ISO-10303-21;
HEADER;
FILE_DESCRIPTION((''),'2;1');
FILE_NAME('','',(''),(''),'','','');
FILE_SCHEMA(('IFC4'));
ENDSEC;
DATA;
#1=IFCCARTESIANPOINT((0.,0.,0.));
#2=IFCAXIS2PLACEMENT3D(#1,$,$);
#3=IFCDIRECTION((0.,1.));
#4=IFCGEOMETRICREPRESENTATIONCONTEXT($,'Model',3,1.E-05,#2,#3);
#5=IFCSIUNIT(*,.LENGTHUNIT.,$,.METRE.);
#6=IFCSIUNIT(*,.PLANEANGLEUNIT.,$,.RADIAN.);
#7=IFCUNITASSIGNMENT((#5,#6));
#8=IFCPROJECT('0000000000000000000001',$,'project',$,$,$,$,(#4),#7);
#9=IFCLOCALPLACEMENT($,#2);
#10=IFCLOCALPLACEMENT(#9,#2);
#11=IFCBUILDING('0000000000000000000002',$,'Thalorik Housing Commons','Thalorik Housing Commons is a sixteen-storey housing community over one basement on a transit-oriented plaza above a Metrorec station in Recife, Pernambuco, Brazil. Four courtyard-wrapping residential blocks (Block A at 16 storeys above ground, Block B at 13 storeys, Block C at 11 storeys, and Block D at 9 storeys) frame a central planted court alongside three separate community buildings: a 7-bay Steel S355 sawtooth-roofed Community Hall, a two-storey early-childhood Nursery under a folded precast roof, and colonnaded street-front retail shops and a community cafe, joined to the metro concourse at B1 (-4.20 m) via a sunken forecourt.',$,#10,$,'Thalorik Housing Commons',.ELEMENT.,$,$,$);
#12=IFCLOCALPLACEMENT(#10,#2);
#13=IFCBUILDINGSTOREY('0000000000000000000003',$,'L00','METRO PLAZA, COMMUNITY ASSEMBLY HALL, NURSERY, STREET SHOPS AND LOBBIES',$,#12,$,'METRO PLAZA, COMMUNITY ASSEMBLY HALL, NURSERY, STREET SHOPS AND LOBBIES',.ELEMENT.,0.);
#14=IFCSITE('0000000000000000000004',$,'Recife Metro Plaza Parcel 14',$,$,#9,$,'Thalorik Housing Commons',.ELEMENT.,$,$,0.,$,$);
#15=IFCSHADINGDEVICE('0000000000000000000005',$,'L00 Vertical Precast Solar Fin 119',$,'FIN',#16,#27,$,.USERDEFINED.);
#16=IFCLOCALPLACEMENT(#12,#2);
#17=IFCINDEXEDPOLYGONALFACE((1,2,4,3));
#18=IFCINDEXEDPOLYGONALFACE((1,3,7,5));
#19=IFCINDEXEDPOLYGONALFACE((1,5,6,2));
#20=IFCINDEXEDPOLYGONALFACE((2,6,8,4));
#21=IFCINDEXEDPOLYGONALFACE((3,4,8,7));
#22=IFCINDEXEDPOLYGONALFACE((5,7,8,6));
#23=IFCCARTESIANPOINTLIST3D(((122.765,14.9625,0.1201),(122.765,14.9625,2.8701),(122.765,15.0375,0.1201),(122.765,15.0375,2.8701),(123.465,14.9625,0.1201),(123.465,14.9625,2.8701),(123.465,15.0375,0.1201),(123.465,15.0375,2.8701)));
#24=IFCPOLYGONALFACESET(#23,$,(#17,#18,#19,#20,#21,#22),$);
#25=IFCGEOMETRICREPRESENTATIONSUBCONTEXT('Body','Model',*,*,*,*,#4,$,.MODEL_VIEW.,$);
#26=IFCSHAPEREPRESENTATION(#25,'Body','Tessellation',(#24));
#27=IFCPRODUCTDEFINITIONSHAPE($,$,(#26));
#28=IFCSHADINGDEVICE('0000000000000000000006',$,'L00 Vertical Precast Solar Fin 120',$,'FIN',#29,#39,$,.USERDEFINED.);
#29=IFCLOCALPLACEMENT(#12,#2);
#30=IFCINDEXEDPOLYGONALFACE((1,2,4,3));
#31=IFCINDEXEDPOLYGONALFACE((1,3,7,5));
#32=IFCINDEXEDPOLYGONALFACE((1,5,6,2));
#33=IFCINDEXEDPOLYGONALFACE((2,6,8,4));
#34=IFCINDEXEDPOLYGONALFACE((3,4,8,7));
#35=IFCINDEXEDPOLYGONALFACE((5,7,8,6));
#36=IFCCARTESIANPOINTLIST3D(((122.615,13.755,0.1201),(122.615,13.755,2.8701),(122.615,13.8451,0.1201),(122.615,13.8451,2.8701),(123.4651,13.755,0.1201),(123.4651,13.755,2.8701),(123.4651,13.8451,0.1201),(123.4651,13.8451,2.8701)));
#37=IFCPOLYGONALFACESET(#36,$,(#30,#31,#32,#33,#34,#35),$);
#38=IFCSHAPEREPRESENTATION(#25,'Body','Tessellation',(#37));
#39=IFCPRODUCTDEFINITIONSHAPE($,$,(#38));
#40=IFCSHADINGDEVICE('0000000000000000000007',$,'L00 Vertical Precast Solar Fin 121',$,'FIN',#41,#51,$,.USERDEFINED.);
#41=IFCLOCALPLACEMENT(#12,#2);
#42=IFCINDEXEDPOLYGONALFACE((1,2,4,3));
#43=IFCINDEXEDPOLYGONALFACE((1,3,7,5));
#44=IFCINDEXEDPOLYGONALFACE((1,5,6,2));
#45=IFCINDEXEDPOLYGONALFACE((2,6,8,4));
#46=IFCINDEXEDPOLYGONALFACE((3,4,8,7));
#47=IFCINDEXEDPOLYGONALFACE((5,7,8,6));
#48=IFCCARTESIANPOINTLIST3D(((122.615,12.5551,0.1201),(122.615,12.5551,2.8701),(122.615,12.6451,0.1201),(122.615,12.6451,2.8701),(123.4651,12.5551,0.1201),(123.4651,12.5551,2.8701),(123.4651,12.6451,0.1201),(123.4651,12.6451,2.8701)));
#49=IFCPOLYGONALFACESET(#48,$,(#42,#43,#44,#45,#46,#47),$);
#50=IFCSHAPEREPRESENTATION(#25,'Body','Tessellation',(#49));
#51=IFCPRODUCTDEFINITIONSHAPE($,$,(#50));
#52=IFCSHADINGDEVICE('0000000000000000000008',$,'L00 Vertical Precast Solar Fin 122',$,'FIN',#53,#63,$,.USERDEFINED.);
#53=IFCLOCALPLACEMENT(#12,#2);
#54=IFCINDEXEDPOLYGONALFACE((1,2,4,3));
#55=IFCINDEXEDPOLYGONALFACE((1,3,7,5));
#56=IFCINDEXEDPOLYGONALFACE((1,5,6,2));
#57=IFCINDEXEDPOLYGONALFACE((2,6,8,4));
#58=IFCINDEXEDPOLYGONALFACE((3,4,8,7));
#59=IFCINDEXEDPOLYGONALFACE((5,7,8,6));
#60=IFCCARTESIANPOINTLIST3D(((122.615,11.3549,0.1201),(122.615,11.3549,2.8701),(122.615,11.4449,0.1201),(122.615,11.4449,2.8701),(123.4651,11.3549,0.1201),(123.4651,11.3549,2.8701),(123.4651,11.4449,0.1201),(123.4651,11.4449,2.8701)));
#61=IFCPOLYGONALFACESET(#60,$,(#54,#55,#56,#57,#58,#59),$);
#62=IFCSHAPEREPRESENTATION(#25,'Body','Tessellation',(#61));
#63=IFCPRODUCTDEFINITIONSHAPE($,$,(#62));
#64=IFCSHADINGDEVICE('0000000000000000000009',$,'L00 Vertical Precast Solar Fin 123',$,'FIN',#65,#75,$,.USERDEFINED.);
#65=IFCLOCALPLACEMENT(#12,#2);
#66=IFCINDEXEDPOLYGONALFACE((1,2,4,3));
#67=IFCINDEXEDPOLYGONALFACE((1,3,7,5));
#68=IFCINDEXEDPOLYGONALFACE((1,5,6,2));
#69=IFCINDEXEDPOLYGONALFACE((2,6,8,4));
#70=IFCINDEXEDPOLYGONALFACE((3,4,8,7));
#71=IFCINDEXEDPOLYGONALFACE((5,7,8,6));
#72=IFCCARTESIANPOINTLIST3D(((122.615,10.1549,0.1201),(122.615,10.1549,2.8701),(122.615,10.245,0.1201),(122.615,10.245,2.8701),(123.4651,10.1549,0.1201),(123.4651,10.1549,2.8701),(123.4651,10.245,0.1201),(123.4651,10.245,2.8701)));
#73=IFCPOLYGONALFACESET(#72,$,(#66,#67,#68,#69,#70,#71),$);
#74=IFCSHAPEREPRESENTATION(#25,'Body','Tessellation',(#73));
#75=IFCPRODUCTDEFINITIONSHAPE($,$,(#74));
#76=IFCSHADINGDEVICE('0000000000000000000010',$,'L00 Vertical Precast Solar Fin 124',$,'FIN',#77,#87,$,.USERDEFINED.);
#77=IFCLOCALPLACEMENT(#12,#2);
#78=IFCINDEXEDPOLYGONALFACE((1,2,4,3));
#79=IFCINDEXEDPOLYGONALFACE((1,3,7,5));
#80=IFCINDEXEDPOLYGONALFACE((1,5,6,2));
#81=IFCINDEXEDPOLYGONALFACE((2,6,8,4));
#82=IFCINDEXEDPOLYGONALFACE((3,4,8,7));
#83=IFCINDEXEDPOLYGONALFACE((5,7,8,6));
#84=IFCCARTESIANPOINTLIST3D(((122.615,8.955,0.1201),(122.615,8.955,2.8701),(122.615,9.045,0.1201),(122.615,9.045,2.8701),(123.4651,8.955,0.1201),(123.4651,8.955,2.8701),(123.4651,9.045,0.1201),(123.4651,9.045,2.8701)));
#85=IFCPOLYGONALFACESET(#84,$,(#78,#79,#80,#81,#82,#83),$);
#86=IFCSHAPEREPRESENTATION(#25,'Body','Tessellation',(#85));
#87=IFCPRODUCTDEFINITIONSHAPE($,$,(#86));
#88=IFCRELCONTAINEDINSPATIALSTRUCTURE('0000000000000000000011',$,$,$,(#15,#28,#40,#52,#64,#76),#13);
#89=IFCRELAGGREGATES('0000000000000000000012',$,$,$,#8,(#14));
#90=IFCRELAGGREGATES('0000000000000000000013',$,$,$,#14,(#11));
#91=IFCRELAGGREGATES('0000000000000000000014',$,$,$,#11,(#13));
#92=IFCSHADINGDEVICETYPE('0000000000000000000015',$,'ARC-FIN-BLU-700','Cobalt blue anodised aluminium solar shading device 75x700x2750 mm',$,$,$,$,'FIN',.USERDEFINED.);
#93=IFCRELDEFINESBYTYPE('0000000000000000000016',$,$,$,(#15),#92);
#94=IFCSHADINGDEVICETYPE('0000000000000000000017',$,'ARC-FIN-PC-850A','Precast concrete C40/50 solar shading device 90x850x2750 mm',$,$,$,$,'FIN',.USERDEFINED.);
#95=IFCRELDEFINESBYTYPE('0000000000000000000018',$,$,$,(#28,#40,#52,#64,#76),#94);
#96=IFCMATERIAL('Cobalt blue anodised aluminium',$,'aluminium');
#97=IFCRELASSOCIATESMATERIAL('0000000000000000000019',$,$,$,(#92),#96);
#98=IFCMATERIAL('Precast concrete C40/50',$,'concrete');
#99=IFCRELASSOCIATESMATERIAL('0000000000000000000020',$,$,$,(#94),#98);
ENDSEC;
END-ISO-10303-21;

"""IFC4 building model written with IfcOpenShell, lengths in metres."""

from ifc_helpers import new_model, si_unit, direction, frame, origin, origin_2d, place, context, subcontext, project, spatial, rectangle, extrude, material, type_object, element, save


model = new_model("IFC4")

# Units and contexts
model_context = context("Model", 3, precision=1e-05, world=origin(), true_north=direction((0.0, 1.0)))
body_context = subcontext(model_context, "Body", "Model", "MODEL_VIEW")
ifc_project = project(units=[si_unit("LENGTHUNIT", "METRE"), si_unit("PLANEANGLEUNIT", "RADIAN")], contexts=[model_context])

# Site, building, storey
site_placement = place(None, origin())
site = spatial("IfcSite", under=ifc_project, at=site_placement, Name="Recife Metro Plaza Parcel 14", LongName="Thalorik Housing Commons", CompositionType="ELEMENT", RefElevation=0.0)
building_placement = place(site_placement, origin())
building = spatial("IfcBuilding", under=site, at=building_placement, Name="Thalorik Housing Commons", Description="Thalorik Housing Commons is a sixteen-storey housing community over one basement on a transit-oriented plaza above a Metrorec station in Recife, Pernambuco, Brazil. Four courtyard-wrapping residential blocks (Block A at 16 storeys above ground, Block B at 13 storeys, Block C at 11 storeys, and Block D at 9 storeys) frame a central planted court alongside three separate community buildings: a 7-bay Steel S355 sawtooth-roofed Community Hall, a two-storey early-childhood Nursery under a folded precast roof, and colonnaded street-front retail shops and a community cafe, joined to the metro concourse at B1 (-4.20 m) via a sunken forecourt.", LongName="Thalorik Housing Commons", CompositionType="ELEMENT")
storey_placement = place(building_placement, origin())
storey = spatial("IfcBuildingStorey", under=building, at=storey_placement, Name="L00", Description="METRO PLAZA, COMMUNITY ASSEMBLY HALL, NURSERY, STREET SHOPS AND LOBBIES", LongName="METRO PLAZA, COMMUNITY ASSEMBLY HALL, NURSERY, STREET SHOPS AND LOBBIES", CompositionType="ELEMENT", Elevation=0.0)

# Shared definitions
ifc_material_1 = material(Name="Precast concrete C40/50", Category="concrete")

# Shading devices
ifc_material_2 = material(Name="Cobalt blue anodised aluminium", Category="aluminium")
shading_device_type_1 = type_object("IfcShadingDeviceType", Name="ARC-FIN-BLU-700", Description="Cobalt blue anodised aluminium solar shading device 75x700x2750 mm", ElementType="FIN", PredefinedType="USERDEFINED", material=ifc_material_2)
shading_device_placement = place(storey_placement, frame((123.115, 15.0, 0.1201), z_axis=(0.0, 0.0, 1.0), x_axis=(0.0, -1.0, 0.0)))
element("IfcShadingDevice", 1, at=shading_device_placement, inside=storey, type_object=shading_device_type_1, Name="L00 Vertical Precast Solar Fin 119", ObjectType="FIN", PredefinedType="USERDEFINED", context=body_context, shape_type="SweptSolid", body=[
    extrude(rectangle(XDim=0.075, YDim=0.7, at=origin_2d()), origin(), (0.0, 0.0, 1.0), 2.75),
])
shading_device_type_2 = type_object("IfcShadingDeviceType", Name="ARC-FIN-PC-850A", Description="Precast concrete C40/50 solar shading device 90x850x2750 mm", ElementType="FIN", PredefinedType="USERDEFINED", material=ifc_material_1)
for number, where, z_axis, x_axis, name in (
    (2, (123.04, 13.8, 0.1201), (0.0, 0.0, 1.0), (0.0, -1.0, 0.0), "L00 Vertical Precast Solar Fin 120"),
    (3, (123.04, 12.6001, 0.1201), (0.0, 0.0, 1.0), (0.0, -1.0, 0.0), "L00 Vertical Precast Solar Fin 121"),
    (4, (123.04, 11.3999, 0.1201), (0.0, 0.0, 1.0), (0.0, -1.0, 0.0), "L00 Vertical Precast Solar Fin 122"),
    (5, (123.04, 10.2, 0.1201), (0.0, 0.0, 1.0), (0.0, -1.0, 0.0), "L00 Vertical Precast Solar Fin 123"),
    (6, (123.04, 9.0, 0.1201), (0.0, 0.0, 1.0), (0.0, -1.0, 0.0), "L00 Vertical Precast Solar Fin 124"),
):
    element("IfcShadingDevice", number, at=place(storey_placement, frame(where, z_axis=z_axis, x_axis=x_axis)), inside=storey, type_object=shading_device_type_2, Name=name, ObjectType="FIN", PredefinedType="USERDEFINED", context=body_context, shape_type="SweptSolid", body=[
        extrude(rectangle(XDim=0.0901, YDim=0.8501, at=origin_2d()), origin(), (0.0, 0.0, 1.0), 2.75),
    ])

save(model, "model.ifc")
